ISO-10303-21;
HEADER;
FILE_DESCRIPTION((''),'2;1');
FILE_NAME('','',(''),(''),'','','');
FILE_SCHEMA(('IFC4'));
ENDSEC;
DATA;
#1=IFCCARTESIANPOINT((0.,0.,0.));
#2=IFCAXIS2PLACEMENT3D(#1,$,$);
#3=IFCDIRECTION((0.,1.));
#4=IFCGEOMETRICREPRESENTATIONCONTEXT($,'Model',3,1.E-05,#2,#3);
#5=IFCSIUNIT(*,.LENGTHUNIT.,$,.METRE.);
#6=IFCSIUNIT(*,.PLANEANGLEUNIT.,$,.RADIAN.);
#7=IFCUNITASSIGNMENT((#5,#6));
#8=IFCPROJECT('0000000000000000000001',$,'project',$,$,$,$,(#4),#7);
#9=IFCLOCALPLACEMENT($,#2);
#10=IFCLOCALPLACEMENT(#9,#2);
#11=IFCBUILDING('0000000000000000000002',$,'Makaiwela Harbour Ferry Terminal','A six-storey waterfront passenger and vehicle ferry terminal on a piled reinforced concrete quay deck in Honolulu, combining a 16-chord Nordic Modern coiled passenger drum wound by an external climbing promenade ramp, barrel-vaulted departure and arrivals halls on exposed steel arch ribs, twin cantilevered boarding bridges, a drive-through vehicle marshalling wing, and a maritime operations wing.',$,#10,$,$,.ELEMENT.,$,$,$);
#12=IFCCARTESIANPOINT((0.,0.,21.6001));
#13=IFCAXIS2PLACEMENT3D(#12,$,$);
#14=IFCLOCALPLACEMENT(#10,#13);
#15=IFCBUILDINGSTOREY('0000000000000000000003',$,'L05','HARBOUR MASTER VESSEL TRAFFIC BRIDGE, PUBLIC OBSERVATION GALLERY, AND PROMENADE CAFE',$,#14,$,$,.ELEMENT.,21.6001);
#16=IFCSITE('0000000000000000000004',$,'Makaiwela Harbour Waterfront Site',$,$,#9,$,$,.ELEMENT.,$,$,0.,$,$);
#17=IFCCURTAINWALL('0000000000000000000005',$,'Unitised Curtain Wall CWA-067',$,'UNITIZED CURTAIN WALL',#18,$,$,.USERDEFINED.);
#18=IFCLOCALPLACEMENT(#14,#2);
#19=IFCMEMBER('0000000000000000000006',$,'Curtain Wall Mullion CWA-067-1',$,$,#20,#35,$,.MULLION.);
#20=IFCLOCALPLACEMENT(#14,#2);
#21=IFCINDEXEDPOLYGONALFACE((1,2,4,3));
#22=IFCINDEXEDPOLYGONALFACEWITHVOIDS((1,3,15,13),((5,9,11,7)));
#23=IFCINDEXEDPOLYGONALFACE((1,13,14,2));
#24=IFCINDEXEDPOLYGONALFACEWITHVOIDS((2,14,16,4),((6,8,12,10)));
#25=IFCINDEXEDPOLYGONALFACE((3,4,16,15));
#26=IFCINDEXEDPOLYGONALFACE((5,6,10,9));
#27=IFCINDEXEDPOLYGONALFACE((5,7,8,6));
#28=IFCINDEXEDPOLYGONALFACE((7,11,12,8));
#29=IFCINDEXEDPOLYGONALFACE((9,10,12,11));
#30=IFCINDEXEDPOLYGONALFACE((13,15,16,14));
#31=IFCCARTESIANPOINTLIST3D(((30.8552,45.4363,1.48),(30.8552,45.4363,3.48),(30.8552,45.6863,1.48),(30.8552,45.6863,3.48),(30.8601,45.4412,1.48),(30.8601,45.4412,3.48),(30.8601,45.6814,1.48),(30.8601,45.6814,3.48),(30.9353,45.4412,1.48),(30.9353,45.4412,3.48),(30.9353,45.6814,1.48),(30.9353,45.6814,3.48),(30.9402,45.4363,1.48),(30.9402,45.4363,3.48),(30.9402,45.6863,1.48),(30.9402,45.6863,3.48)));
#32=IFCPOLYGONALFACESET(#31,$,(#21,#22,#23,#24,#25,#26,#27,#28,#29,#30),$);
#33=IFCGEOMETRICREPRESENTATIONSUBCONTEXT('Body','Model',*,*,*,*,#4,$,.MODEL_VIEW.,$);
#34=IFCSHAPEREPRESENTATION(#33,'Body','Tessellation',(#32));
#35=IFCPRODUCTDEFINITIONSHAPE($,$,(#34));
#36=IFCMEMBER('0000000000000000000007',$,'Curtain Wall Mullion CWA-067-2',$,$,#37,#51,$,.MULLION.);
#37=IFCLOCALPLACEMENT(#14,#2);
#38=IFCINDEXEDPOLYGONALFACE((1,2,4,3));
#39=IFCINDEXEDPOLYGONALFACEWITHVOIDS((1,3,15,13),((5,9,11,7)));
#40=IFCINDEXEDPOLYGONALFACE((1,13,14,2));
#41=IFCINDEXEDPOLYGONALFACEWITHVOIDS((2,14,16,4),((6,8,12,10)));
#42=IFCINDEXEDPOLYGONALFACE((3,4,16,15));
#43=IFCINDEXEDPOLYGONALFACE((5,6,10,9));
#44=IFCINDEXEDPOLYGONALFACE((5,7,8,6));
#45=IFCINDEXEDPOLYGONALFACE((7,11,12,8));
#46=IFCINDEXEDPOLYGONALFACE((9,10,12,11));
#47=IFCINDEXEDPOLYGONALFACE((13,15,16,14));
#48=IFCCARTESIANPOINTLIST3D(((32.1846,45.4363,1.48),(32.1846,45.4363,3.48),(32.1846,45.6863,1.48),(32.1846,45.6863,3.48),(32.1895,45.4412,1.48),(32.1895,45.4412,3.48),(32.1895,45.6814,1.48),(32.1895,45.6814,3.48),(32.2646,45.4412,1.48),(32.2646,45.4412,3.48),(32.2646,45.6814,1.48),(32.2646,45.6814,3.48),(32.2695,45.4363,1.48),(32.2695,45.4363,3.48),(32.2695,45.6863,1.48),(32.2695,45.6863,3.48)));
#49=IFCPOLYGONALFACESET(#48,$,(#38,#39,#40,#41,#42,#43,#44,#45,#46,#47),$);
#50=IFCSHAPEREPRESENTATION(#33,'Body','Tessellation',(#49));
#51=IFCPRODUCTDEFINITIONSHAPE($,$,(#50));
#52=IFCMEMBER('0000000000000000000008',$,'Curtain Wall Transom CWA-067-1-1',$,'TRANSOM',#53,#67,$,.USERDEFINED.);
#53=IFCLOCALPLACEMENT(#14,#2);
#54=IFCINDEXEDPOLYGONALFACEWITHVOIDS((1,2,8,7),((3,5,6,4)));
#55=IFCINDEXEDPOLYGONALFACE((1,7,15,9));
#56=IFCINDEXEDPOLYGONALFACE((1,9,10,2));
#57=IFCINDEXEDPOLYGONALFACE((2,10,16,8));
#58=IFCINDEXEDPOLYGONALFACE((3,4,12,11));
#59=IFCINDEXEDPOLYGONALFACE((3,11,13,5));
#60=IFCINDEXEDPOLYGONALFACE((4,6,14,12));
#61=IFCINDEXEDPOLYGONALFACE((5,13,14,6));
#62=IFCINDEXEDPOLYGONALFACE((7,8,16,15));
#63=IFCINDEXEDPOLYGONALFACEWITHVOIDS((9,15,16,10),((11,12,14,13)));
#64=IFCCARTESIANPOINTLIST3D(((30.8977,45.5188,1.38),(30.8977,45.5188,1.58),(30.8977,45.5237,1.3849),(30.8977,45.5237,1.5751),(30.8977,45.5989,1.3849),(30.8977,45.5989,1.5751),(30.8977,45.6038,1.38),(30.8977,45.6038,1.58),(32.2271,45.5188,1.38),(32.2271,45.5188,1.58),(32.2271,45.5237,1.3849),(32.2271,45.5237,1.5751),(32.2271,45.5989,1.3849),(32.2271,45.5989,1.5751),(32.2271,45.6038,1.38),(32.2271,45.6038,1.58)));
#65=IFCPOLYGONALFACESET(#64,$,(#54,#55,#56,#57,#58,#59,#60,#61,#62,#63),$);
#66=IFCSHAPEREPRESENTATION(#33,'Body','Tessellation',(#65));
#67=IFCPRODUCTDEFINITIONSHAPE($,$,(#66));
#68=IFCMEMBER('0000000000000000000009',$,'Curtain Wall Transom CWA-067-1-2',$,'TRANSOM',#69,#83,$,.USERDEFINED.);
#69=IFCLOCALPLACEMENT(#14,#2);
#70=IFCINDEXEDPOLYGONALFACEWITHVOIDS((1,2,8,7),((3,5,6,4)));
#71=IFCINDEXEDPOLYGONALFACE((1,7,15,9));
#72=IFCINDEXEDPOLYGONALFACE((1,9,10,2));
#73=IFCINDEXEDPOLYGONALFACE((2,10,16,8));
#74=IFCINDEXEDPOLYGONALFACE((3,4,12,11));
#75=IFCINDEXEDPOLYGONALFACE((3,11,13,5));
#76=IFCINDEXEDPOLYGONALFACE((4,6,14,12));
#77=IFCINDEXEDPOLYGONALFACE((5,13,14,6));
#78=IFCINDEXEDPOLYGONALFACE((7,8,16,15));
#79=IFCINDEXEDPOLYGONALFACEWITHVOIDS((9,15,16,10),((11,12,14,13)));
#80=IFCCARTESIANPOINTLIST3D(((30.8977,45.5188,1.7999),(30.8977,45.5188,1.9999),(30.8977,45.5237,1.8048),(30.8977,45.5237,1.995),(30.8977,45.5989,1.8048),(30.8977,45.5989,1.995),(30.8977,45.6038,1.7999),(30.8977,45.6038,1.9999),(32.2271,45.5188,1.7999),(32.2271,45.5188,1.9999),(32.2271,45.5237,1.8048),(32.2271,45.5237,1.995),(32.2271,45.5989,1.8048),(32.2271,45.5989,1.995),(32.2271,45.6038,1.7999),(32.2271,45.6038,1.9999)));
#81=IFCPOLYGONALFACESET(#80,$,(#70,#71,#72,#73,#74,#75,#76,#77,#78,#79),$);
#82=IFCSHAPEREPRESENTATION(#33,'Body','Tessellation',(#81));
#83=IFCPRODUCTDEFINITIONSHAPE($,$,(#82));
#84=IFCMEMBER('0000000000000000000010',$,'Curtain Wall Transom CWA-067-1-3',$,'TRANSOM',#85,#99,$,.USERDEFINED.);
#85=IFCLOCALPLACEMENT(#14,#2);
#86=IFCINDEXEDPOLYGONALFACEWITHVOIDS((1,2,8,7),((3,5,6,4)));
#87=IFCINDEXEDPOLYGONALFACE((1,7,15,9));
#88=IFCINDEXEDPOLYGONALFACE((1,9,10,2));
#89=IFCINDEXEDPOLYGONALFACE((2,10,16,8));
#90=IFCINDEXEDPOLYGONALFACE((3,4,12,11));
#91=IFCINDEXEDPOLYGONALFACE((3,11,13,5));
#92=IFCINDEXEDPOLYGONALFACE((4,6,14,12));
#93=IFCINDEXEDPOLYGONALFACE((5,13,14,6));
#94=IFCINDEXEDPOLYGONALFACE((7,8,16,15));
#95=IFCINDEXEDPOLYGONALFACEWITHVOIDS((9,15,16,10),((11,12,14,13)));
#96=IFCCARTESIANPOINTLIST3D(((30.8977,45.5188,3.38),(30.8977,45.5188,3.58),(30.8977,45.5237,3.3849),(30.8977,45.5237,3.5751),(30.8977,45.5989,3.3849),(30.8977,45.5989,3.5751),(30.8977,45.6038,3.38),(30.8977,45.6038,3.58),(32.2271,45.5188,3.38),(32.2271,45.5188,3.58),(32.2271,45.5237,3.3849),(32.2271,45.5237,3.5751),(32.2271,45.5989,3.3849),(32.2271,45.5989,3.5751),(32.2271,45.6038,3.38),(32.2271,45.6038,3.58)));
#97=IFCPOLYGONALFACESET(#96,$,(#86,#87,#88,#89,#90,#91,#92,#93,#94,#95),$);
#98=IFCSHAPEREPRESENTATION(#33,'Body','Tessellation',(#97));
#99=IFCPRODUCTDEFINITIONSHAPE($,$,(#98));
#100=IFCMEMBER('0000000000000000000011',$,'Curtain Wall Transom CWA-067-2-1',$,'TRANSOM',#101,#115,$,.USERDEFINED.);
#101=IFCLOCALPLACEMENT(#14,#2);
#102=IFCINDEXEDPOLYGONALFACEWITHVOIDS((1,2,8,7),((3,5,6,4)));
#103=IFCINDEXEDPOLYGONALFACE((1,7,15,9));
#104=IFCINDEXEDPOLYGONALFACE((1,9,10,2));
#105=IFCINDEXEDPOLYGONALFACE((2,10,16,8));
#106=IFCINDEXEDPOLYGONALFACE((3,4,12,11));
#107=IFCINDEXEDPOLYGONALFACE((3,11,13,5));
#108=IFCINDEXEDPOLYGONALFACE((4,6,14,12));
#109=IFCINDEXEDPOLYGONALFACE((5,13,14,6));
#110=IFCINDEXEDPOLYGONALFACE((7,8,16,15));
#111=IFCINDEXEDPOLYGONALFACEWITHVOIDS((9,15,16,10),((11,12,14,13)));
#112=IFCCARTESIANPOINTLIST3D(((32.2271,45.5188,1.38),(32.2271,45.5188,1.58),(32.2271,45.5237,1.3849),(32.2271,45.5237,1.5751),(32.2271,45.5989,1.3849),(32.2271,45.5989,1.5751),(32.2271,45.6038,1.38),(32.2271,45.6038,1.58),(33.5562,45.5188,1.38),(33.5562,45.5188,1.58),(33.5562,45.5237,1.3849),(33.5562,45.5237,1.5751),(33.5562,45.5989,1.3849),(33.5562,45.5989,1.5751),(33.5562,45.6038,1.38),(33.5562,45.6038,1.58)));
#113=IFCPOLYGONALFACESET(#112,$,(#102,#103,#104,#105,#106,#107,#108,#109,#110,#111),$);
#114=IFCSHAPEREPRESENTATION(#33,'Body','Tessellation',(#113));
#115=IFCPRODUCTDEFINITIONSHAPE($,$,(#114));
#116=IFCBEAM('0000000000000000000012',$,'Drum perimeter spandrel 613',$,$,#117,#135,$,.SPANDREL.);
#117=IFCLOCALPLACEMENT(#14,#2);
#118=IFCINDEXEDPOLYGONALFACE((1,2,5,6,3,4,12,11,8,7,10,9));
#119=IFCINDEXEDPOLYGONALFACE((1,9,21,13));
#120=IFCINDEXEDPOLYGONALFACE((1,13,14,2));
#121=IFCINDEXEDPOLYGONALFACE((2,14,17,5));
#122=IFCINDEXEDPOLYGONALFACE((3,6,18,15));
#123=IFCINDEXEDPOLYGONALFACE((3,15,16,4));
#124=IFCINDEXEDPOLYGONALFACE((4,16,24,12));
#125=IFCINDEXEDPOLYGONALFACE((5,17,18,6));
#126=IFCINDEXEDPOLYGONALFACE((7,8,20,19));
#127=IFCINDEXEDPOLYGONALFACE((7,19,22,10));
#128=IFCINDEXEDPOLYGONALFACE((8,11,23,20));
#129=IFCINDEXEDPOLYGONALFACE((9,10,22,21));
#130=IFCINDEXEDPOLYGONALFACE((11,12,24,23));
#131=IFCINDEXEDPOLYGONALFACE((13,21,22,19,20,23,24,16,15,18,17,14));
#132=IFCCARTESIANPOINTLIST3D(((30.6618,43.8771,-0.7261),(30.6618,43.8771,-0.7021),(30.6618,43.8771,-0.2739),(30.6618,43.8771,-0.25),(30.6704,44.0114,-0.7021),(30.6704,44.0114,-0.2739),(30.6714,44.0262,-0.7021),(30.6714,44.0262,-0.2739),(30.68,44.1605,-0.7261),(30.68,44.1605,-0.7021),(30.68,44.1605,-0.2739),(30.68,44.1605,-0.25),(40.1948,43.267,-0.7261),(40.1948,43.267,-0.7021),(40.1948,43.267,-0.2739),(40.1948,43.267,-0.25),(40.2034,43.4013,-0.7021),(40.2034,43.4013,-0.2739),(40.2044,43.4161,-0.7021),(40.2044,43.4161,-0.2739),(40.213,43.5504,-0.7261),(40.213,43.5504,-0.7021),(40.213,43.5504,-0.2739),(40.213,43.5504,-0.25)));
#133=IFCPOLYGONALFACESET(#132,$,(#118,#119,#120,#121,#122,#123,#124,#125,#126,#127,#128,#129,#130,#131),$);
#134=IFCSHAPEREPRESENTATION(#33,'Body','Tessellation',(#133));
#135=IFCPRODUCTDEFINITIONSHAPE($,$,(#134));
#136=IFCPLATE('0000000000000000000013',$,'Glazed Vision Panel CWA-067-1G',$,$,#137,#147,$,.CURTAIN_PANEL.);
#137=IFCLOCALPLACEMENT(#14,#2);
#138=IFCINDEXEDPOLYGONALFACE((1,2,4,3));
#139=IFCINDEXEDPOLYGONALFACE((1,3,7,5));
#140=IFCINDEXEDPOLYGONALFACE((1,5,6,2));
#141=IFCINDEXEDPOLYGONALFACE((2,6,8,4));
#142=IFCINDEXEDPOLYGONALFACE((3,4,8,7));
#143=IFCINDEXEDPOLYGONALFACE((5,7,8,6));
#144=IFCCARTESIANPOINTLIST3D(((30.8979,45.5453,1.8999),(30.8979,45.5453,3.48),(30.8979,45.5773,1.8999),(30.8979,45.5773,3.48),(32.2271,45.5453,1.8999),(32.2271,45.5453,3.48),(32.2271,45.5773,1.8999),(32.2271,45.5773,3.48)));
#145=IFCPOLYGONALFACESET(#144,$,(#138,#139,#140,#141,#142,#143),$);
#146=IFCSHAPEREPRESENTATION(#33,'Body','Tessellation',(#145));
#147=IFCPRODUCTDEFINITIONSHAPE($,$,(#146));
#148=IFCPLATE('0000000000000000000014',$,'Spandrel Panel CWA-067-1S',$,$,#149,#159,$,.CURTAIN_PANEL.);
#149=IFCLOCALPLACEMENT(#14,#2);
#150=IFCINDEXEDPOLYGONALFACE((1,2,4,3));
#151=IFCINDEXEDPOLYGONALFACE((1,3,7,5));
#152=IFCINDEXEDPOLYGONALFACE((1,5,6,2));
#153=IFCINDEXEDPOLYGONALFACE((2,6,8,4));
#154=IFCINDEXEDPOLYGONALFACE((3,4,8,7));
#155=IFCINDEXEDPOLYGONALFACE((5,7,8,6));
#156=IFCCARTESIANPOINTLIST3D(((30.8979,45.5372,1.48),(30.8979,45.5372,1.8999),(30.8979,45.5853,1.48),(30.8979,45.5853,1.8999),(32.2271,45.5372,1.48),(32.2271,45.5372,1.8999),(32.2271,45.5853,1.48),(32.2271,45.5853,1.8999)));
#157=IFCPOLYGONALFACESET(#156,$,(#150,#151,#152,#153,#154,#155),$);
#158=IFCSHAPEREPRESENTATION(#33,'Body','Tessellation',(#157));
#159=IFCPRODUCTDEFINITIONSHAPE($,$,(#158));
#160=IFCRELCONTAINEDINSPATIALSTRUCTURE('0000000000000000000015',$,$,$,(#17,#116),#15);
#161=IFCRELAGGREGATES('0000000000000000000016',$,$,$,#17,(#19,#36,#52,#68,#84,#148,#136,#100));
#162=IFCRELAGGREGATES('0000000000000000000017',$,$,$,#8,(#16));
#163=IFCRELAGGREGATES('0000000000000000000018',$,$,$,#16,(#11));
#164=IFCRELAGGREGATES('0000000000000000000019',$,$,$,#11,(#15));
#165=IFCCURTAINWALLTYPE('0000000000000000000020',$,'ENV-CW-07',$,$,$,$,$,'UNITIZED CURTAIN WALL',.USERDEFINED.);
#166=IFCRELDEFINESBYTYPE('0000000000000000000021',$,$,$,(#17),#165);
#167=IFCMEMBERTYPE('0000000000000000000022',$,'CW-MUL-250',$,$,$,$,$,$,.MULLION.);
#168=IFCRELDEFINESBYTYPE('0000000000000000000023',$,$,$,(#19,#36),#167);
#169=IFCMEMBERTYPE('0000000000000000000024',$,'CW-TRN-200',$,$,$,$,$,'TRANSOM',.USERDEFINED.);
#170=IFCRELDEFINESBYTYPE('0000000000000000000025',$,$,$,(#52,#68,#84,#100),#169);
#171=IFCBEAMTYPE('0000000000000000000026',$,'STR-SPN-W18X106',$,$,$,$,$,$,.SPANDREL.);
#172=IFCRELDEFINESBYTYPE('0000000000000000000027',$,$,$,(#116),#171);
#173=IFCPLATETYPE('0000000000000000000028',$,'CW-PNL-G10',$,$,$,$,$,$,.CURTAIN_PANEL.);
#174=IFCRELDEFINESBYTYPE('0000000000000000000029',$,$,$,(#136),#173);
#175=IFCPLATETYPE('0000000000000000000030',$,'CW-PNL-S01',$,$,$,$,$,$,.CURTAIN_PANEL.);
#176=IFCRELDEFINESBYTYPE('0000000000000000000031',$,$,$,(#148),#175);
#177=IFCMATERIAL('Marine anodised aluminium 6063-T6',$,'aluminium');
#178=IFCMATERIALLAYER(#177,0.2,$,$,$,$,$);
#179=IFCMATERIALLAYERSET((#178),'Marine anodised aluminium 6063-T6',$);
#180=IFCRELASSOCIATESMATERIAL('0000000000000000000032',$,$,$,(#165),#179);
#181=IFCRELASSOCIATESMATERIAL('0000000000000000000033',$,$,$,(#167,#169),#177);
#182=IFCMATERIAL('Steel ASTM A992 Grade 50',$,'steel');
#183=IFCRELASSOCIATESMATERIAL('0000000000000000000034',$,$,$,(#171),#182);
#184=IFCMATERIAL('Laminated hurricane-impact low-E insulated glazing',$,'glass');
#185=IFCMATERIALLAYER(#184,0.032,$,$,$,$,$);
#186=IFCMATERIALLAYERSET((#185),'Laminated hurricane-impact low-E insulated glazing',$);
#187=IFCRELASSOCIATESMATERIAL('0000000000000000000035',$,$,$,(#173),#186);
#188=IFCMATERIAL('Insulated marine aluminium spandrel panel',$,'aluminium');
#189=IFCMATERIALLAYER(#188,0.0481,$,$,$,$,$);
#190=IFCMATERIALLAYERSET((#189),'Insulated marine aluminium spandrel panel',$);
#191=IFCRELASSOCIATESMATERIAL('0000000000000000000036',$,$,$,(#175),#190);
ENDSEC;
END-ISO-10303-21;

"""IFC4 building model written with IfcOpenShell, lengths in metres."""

from ifc_helpers import new_model, si_unit, direction, frame, origin, origin_2d, place, context, subcontext, project, spatial, rectangle, hollow_rectangle, i_section, extrude, material, layer, layer_set, material_profile, profile_set, type_object, element, aggregate, save


model = new_model("IFC4")

# Units and contexts
model_context = context("Model", 3, precision=1e-05, world=origin(), true_north=direction((0.0, 1.0)))
body_context = subcontext(model_context, "Body", "Model", "MODEL_VIEW")
ifc_project = project(units=[si_unit("LENGTHUNIT", "METRE"), si_unit("PLANEANGLEUNIT", "RADIAN")], contexts=[model_context])

# Site, building, storey
site_placement = place(None, origin())
site = spatial("IfcSite", under=ifc_project, at=site_placement, Name="Makaiwela Harbour Waterfront Site", CompositionType="ELEMENT", RefElevation=0.0)
building_placement = place(site_placement, origin())
building = spatial("IfcBuilding", under=site, at=building_placement, Name="Makaiwela Harbour Ferry Terminal", Description="A six-storey waterfront passenger and vehicle ferry terminal on a piled reinforced concrete quay deck in Honolulu, combining a 16-chord Nordic Modern coiled passenger drum wound by an external climbing promenade ramp, barrel-vaulted departure and arrivals halls on exposed steel arch ribs, twin cantilevered boarding bridges, a drive-through vehicle marshalling wing, and a maritime operations wing.", CompositionType="ELEMENT")
storey_placement = place(building_placement, frame((0.0, 0.0, 21.6001)))
storey = spatial("IfcBuildingStorey", under=building, at=storey_placement, Name="L05", Description="HARBOUR MASTER VESSEL TRAFFIC BRIDGE, PUBLIC OBSERVATION GALLERY, AND PROMENADE CAFE", CompositionType="ELEMENT", Elevation=21.6001)

# Curtain wall, members
ifc_material_1 = material(Name="Marine anodised aluminium 6063-T6", Category="aluminium")
ifc_layer_1 = layer(ifc_material_1, 0.2)
ifc_layer_set_1 = layer_set([ifc_layer_1], Name="Marine anodised aluminium 6063-T6")
curtain_wall_type = type_object("IfcCurtainWallType", Name="ENV-CW-07", ElementType="UNITIZED CURTAIN WALL", PredefinedType="USERDEFINED", material=ifc_layer_set_1)
curtain_wall_placement = place(storey_placement, origin())
curtain_wall = element("IfcCurtainWall", 1, at=curtain_wall_placement, inside=storey, type_object=curtain_wall_type, Name="Unitised Curtain Wall CWA-067", ObjectType="UNITIZED CURTAIN WALL", PredefinedType="USERDEFINED")
ifc_material_profile_1 = material_profile(ifc_material_1, hollow_rectangle(XDim=0.085, YDim=0.25, WallThickness=0.0049, at=origin_2d()), Name="CWM-250X85")
ifc_profile_set_1 = profile_set([ifc_material_profile_1], Name="Marine anodised aluminium 6063-T6")
member_type_1 = type_object("IfcMemberType", Name="CW-MUL-250", PredefinedType="MULLION", material=ifc_profile_set_1)
member_1_placement = place(storey_placement, frame((30.8977, 45.5613, 1.48), z_axis=(0.0, 0.0, 1.0), x_axis=(1.0, 0.0, 0.0)))
member_1 = element("IfcMember", 2, at=member_1_placement, type_object=member_type_1, Name="Curtain Wall Mullion CWA-067-1", PredefinedType="MULLION", context=body_context, shape_type="SweptSolid", body=[
    extrude(hollow_rectangle(XDim=0.085, YDim=0.25, WallThickness=0.0049, at=origin_2d()), origin(), (0.0, 0.0, 1.0), 2.0),
])
member_2_placement = place(storey_placement, frame((32.2271, 45.5613, 1.48), z_axis=(0.0, 0.0, 1.0), x_axis=(1.0, 0.0, 0.0)))
member_2 = element("IfcMember", 3, at=member_2_placement, type_object=member_type_1, Name="Curtain Wall Mullion CWA-067-2", PredefinedType="MULLION", context=body_context, shape_type="SweptSolid", body=[
    extrude(hollow_rectangle(XDim=0.085, YDim=0.25, WallThickness=0.0049, at=origin_2d()), origin(), (0.0, 0.0, 1.0), 2.0),
])
ifc_material_profile_2 = material_profile(ifc_material_1, hollow_rectangle(XDim=0.085, YDim=0.2, WallThickness=0.0049, at=origin_2d()), Name="CWT-200X85")
ifc_profile_set_2 = profile_set([ifc_material_profile_2], Name="Marine anodised aluminium 6063-T6")
member_type_2 = type_object("IfcMemberType", Name="CW-TRN-200", ElementType="TRANSOM", PredefinedType="USERDEFINED", material=ifc_profile_set_2)
member_3_placement = place(storey_placement, frame((30.8977, 45.5613, 1.48), z_axis=(1.0, 0.0, 0.0), x_axis=(0.0, 1.0, 0.0)))
member_3 = element("IfcMember", 4, at=member_3_placement, type_object=member_type_2, Name="Curtain Wall Transom CWA-067-1-1", ObjectType="TRANSOM", PredefinedType="USERDEFINED", context=body_context, shape_type="SweptSolid", body=[
    extrude(hollow_rectangle(XDim=0.085, YDim=0.2, WallThickness=0.0049, at=origin_2d()), origin(), (0.0, 0.0, 1.0), 1.3293),
])
member_4_placement = place(storey_placement, frame((30.8977, 45.5613, 1.8999), z_axis=(1.0, 0.0, 0.0), x_axis=(0.0, 1.0, 0.0)))
member_4 = element("IfcMember", 5, at=member_4_placement, type_object=member_type_2, Name="Curtain Wall Transom CWA-067-1-2", ObjectType="TRANSOM", PredefinedType="USERDEFINED", context=body_context, shape_type="SweptSolid", body=[
    extrude(hollow_rectangle(XDim=0.085, YDim=0.2, WallThickness=0.0049, at=origin_2d()), origin(), (0.0, 0.0, 1.0), 1.3293),
])
member_5_placement = place(storey_placement, frame((30.8977, 45.5613, 3.48), z_axis=(1.0, 0.0, 0.0), x_axis=(0.0, 1.0, 0.0)))
member_5 = element("IfcMember", 6, at=member_5_placement, type_object=member_type_2, Name="Curtain Wall Transom CWA-067-1-3", ObjectType="TRANSOM", PredefinedType="USERDEFINED", context=body_context, shape_type="SweptSolid", body=[
    extrude(hollow_rectangle(XDim=0.085, YDim=0.2, WallThickness=0.0049, at=origin_2d()), origin(), (0.0, 0.0, 1.0), 1.3293),
])
member_6_placement = place(storey_placement, frame((32.2271, 45.5613, 1.48), z_axis=(1.0, 0.0, 0.0), x_axis=(0.0, 1.0, 0.0)))
member_6 = element("IfcMember", 7, at=member_6_placement, type_object=member_type_2, Name="Curtain Wall Transom CWA-067-2-1", ObjectType="TRANSOM", PredefinedType="USERDEFINED", context=body_context, shape_type="SweptSolid", body=[
    extrude(hollow_rectangle(XDim=0.085, YDim=0.2, WallThickness=0.0049, at=origin_2d()), origin(), (0.0, 0.0, 1.0), 1.3291),
])

# Beam
ifc_material_2 = material(Name="Steel ASTM A992 Grade 50", Category="steel")
ifc_material_profile_3 = material_profile(ifc_material_2, i_section(OverallWidth=0.2839, OverallDepth=0.4761, WebThickness=0.0149, FlangeThickness=0.0239, at=origin_2d()), Name="W18X106")
ifc_profile_set_3 = profile_set([ifc_material_profile_3], Name="Steel ASTM A992 Grade 50")
beam_type = type_object("IfcBeamType", Name="STR-SPN-W18X106", PredefinedType="SPANDREL", material=ifc_profile_set_3)
beam_placement = place(storey_placement, frame((30.6709, 44.0188, -0.488), z_axis=(0.997958, -0.063869, 0.0), x_axis=(0.063869, 0.997958, 0.0)))
element("IfcBeam", 8, at=beam_placement, inside=storey, type_object=beam_type, Name="Drum perimeter spandrel 613", PredefinedType="SPANDREL", context=body_context, shape_type="SweptSolid", body=[
    extrude(i_section(OverallWidth=0.2839, OverallDepth=0.4761, WebThickness=0.0149, FlangeThickness=0.0239, at=origin_2d()), origin(), (0.0, 0.0, 1.0), 9.5525),
])

# Plates
ifc_material_3 = material(Name="Laminated hurricane-impact low-E insulated glazing", Category="glass")
ifc_layer_2 = layer(ifc_material_3, 0.032)
ifc_layer_set_2 = layer_set([ifc_layer_2], Name="Laminated hurricane-impact low-E insulated glazing")
plate_type_1 = type_object("IfcPlateType", Name="CW-PNL-G10", PredefinedType="CURTAIN_PANEL", material=ifc_layer_set_2)
plate_1_placement = place(storey_placement, frame((31.5625, 45.5613, 1.8999), z_axis=(0.0, 0.0, 1.0), x_axis=(1.0, 0.0, 0.0)))
plate_1 = element("IfcPlate", 9, at=plate_1_placement, type_object=plate_type_1, Name="Glazed Vision Panel CWA-067-1G", PredefinedType="CURTAIN_PANEL", context=body_context, shape_type="SweptSolid", body=[
    extrude(rectangle(XDim=1.3291, YDim=0.032, at=origin_2d()), origin(), (0.0, 0.0, 1.0), 1.5801),
])
ifc_material_4 = material(Name="Insulated marine aluminium spandrel panel", Category="aluminium")
ifc_layer_3 = layer(ifc_material_4, 0.0481)
ifc_layer_set_3 = layer_set([ifc_layer_3], Name="Insulated marine aluminium spandrel panel")
plate_type_2 = type_object("IfcPlateType", Name="CW-PNL-S01", PredefinedType="CURTAIN_PANEL", material=ifc_layer_set_3)
plate_2_placement = place(storey_placement, frame((31.5625, 45.5613, 1.48), z_axis=(0.0, 0.0, 1.0), x_axis=(1.0, 0.0, 0.0)))
plate_2 = element("IfcPlate", 10, at=plate_2_placement, type_object=plate_type_2, Name="Spandrel Panel CWA-067-1S", PredefinedType="CURTAIN_PANEL", context=body_context, shape_type="SweptSolid", body=[
    extrude(rectangle(XDim=1.3291, YDim=0.0481, at=origin_2d()), origin(), (0.0, 0.0, 1.0), 0.4199),
])
aggregate(curtain_wall, [member_1, member_2, member_3, member_4, member_5, plate_2, plate_1, member_6])

save(model, "model.ifc")
